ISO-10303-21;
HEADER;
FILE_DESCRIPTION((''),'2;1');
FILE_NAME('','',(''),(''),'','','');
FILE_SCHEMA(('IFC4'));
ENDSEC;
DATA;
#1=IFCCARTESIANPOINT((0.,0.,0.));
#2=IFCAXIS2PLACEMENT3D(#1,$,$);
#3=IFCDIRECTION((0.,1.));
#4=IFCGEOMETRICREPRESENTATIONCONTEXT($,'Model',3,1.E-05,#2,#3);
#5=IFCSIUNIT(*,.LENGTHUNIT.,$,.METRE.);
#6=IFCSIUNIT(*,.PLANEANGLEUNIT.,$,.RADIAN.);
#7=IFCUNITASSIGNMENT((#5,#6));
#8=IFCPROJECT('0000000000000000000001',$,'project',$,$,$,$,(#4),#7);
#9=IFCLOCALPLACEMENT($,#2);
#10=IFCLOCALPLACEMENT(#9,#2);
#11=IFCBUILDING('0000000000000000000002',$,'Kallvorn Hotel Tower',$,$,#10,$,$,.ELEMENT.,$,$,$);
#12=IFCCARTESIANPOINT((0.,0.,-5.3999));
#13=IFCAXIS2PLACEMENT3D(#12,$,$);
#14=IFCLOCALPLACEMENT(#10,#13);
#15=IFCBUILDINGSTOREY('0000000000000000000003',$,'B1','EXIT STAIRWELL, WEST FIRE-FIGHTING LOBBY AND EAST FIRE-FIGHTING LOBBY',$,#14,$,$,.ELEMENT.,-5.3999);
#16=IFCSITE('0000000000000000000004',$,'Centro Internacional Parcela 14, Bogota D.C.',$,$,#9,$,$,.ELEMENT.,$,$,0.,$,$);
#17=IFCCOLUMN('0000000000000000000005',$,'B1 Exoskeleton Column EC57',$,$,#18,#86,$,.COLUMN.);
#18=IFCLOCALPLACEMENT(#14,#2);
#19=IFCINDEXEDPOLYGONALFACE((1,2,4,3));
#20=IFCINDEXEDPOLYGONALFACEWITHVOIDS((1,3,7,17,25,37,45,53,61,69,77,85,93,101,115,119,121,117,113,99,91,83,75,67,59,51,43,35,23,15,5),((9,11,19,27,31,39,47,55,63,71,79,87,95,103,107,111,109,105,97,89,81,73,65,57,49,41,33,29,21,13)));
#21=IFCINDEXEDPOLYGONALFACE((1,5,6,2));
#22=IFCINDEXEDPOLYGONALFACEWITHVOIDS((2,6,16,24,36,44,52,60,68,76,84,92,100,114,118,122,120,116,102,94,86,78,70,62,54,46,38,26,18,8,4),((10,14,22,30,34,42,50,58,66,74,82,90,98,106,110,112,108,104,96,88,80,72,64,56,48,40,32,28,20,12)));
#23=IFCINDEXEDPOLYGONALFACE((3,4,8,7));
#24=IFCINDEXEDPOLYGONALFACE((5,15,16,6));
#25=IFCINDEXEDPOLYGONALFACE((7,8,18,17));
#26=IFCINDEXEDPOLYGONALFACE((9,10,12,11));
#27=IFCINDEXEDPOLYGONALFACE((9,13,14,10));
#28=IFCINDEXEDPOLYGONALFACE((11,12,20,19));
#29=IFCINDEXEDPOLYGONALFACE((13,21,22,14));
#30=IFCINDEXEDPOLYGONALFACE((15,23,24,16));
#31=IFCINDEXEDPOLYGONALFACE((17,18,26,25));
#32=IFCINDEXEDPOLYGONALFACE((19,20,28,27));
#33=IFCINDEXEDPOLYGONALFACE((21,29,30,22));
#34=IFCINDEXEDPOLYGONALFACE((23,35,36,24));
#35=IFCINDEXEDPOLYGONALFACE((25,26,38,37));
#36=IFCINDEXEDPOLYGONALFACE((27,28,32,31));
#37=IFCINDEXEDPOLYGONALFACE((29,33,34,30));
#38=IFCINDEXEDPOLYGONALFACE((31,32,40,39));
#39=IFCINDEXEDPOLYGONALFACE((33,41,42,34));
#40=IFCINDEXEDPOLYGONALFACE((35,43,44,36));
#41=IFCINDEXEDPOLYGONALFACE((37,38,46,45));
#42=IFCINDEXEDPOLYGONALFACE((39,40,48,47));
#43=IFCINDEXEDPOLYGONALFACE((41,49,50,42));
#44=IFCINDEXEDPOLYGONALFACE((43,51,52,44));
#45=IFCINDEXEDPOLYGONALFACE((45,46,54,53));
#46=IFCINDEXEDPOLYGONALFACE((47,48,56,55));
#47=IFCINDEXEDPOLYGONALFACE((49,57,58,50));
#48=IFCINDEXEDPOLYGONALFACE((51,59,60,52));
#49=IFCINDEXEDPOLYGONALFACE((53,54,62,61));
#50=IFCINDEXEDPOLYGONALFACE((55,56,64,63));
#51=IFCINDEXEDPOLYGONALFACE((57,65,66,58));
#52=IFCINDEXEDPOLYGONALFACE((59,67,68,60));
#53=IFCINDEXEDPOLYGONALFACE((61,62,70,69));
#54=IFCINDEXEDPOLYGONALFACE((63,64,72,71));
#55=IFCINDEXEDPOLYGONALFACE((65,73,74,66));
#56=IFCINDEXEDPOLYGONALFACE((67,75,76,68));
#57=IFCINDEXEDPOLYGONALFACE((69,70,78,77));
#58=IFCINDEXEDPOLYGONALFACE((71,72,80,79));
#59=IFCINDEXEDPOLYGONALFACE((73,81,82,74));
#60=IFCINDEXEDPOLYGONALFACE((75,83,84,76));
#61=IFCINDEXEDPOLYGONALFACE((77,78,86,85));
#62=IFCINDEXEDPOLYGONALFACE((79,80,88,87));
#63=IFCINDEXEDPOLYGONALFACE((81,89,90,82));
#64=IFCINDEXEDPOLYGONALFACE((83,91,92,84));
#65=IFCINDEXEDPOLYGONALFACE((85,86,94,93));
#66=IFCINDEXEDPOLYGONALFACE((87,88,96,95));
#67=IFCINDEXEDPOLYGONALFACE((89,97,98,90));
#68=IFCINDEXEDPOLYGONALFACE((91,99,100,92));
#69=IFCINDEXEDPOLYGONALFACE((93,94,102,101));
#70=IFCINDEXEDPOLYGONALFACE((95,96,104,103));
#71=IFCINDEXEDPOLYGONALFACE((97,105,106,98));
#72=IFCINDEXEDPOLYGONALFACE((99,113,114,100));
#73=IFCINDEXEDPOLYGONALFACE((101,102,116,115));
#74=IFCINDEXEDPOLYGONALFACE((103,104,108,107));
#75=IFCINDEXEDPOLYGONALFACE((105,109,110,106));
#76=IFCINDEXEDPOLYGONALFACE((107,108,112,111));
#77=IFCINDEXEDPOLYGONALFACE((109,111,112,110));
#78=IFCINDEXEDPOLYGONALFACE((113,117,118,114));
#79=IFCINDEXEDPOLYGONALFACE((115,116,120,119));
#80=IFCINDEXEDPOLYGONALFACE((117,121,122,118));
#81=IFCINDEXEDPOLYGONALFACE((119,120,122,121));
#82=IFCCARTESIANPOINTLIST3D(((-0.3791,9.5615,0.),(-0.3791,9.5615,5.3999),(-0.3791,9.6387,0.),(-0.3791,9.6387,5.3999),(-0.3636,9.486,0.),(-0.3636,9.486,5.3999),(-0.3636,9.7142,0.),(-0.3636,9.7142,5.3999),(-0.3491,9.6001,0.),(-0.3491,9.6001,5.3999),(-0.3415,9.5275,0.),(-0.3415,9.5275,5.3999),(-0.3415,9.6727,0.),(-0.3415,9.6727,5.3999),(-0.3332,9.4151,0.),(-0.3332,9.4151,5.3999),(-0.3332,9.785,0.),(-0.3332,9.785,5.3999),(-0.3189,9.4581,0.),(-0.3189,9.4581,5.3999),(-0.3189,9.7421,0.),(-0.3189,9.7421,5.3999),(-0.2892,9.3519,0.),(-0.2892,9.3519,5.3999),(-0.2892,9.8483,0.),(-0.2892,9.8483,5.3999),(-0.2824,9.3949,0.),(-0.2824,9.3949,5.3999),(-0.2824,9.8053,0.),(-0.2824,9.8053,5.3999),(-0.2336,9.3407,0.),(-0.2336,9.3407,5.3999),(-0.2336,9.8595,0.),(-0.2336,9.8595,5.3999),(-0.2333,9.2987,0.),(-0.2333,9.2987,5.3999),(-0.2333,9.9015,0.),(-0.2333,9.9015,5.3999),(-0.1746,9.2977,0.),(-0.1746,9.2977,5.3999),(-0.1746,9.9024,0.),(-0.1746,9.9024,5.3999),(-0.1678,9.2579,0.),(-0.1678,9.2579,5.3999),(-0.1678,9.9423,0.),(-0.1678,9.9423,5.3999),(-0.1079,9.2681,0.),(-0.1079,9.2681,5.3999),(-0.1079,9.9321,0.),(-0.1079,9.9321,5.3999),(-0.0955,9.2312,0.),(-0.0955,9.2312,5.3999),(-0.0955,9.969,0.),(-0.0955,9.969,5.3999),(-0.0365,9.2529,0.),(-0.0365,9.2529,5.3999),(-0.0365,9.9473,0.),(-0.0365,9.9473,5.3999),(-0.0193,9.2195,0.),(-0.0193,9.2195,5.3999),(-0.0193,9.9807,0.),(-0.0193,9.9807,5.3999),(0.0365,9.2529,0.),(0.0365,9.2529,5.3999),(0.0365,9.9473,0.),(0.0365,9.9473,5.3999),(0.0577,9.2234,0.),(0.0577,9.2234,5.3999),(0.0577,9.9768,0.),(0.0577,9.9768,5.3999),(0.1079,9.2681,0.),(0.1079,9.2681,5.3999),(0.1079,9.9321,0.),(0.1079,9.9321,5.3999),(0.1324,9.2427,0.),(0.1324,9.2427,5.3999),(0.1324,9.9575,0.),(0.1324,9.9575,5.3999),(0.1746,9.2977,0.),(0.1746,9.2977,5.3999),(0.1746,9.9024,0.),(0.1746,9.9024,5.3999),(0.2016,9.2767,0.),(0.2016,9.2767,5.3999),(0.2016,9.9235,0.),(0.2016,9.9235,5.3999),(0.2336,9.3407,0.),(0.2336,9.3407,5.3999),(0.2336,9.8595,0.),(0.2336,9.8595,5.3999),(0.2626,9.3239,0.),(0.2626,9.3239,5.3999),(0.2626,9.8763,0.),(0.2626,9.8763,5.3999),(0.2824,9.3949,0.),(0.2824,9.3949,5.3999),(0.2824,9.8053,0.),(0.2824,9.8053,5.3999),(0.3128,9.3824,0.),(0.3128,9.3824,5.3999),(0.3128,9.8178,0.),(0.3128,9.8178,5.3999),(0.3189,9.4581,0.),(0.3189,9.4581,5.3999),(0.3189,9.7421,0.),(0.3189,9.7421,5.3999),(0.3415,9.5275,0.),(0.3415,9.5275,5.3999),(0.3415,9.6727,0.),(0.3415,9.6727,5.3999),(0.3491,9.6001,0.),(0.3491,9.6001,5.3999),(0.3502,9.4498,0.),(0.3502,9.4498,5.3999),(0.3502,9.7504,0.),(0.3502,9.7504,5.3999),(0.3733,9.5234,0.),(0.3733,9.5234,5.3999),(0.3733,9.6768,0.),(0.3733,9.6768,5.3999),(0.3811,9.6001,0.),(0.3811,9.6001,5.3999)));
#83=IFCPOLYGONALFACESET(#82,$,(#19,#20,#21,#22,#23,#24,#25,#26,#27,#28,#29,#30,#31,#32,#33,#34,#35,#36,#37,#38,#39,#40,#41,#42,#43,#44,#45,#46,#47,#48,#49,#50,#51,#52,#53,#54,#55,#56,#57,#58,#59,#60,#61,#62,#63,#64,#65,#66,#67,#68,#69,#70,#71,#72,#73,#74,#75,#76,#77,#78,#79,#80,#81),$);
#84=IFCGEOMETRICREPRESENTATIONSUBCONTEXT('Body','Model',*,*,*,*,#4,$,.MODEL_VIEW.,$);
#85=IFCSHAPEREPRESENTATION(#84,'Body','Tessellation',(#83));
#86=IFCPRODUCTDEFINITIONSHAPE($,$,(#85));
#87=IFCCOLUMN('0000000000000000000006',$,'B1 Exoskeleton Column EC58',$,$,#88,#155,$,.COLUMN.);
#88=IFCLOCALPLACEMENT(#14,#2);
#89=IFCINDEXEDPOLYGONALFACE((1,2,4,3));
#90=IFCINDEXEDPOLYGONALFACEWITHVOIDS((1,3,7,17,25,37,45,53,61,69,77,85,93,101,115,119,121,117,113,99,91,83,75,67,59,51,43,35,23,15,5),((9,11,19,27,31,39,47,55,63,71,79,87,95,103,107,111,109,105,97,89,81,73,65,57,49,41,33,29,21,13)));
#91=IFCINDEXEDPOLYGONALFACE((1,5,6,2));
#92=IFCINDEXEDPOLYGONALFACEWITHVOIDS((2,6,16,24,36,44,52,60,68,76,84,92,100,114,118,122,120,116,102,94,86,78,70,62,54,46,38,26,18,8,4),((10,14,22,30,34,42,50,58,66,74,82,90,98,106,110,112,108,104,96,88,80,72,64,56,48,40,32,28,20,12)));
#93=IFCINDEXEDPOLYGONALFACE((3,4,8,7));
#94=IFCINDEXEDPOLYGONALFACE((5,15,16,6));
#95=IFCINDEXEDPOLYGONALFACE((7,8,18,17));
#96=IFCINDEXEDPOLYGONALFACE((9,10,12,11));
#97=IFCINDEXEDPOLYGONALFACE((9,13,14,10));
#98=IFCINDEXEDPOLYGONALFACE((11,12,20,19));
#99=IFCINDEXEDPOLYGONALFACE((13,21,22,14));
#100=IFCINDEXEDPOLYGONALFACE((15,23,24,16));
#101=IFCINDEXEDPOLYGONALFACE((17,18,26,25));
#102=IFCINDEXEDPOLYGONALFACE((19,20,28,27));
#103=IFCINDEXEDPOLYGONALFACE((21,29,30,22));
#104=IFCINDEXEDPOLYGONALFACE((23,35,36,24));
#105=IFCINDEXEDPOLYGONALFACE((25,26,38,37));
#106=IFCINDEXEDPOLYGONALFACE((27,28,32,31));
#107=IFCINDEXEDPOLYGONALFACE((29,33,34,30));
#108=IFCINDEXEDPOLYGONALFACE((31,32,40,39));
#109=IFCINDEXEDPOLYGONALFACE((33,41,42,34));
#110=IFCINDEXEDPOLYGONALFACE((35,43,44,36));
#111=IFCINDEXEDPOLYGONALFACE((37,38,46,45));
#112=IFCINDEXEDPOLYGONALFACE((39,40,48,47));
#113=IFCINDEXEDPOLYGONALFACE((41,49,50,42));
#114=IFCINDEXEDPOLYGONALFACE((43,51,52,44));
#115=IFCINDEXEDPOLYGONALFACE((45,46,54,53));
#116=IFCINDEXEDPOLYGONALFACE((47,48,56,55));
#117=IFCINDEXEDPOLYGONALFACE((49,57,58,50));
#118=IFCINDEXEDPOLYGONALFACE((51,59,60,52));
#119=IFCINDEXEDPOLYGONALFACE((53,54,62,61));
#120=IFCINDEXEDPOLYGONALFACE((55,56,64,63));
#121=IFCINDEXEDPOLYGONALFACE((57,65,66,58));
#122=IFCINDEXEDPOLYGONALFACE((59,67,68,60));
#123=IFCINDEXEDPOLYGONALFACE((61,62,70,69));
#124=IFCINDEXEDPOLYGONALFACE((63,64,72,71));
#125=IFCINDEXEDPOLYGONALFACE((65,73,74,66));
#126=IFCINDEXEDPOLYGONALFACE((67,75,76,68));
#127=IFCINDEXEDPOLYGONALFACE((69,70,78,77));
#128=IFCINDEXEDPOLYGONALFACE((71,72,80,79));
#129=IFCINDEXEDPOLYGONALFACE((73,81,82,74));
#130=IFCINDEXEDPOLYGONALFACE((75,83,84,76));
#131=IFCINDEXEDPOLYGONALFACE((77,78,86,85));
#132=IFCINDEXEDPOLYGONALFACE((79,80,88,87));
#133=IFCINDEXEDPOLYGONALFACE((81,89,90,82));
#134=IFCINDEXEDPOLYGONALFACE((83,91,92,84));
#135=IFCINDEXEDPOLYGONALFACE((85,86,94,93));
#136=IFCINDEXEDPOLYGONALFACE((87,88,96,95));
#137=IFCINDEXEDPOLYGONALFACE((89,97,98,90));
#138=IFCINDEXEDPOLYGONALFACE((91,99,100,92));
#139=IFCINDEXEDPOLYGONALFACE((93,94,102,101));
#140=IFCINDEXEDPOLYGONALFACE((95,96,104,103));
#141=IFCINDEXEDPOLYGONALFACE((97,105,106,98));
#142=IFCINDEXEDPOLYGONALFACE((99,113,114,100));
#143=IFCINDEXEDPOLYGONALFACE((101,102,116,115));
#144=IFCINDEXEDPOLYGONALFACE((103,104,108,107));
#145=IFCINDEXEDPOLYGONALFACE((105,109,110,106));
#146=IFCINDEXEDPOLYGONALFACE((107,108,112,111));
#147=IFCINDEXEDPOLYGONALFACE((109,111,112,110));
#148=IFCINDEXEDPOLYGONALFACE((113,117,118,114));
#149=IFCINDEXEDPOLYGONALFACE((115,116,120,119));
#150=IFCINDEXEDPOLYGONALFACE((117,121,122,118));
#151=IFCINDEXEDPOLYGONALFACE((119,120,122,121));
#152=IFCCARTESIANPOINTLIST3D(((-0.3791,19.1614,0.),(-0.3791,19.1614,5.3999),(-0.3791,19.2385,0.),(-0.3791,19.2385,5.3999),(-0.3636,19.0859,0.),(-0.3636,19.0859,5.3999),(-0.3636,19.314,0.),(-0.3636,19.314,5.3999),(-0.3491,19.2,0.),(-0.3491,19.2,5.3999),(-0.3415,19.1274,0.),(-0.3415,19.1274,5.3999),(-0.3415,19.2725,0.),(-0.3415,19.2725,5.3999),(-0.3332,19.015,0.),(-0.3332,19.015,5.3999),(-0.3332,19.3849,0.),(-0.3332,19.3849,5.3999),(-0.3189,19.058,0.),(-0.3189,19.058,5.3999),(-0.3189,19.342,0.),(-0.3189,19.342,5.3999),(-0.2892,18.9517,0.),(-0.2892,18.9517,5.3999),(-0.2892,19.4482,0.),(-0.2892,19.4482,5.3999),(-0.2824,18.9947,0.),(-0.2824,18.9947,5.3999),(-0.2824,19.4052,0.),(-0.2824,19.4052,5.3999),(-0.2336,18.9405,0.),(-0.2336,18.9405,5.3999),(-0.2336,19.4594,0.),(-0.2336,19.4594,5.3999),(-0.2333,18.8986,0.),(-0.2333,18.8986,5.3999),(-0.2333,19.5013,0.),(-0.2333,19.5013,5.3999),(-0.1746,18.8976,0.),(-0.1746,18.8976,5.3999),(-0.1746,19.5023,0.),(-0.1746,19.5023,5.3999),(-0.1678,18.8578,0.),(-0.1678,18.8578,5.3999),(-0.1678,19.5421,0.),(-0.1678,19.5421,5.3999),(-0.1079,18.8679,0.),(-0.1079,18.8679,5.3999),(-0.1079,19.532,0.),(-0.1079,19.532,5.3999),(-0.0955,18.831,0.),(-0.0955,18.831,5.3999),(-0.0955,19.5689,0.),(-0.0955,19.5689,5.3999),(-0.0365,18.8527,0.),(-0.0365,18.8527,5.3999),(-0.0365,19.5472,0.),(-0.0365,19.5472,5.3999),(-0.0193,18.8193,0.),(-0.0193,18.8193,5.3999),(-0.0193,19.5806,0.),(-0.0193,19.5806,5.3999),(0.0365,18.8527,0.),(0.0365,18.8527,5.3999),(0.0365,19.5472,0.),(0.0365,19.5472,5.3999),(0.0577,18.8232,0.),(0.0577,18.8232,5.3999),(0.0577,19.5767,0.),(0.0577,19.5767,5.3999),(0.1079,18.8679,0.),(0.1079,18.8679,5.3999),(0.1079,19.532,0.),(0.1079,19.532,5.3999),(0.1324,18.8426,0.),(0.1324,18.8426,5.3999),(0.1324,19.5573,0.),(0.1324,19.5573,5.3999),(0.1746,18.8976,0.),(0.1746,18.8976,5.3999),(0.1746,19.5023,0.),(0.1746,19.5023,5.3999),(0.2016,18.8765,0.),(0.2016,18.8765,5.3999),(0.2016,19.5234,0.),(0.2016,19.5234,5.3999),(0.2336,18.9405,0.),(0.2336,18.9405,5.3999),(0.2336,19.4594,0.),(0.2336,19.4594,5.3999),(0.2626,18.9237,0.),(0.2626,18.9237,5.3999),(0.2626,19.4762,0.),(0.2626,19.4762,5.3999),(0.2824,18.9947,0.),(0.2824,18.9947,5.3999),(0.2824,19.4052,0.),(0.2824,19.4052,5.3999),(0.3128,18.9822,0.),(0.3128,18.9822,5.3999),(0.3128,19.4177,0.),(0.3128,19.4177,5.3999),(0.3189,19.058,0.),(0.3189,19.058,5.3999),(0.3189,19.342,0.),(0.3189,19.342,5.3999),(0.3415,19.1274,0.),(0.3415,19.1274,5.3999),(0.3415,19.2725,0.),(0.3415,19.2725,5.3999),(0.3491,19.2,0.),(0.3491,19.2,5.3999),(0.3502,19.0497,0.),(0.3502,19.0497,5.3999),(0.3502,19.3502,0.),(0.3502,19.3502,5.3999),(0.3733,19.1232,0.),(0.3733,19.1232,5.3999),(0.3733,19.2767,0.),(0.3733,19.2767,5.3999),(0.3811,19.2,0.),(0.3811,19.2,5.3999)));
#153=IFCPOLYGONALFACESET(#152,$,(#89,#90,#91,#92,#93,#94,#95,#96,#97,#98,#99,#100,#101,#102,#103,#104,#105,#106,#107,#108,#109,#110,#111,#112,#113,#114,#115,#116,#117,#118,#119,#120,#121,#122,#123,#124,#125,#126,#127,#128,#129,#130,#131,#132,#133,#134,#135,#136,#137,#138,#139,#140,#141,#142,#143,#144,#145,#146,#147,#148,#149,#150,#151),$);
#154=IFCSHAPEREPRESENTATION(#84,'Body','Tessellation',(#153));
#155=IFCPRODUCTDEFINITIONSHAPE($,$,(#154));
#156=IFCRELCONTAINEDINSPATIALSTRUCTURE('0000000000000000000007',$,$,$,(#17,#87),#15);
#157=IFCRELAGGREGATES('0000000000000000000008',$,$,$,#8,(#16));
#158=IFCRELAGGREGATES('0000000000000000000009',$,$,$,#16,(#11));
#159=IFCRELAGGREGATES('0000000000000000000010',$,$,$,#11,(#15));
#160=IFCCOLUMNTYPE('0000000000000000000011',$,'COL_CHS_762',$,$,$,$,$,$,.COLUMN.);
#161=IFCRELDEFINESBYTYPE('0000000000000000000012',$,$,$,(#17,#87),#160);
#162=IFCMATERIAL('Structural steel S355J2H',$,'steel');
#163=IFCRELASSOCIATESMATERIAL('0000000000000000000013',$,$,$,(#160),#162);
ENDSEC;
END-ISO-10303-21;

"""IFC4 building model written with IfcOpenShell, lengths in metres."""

from ifc_helpers import new_model, si_unit, direction, frame, origin, origin_2d, place, context, subcontext, project, spatial, hollow_circle, extrude, material, material_profile, profile_set, type_object, element, save


model = new_model("IFC4")

# Units and contexts
model_context = context("Model", 3, precision=1e-05, world=origin(), true_north=direction((0.0, 1.0)))
body_context = subcontext(model_context, "Body", "Model", "MODEL_VIEW")
ifc_project = project(units=[si_unit("LENGTHUNIT", "METRE"), si_unit("PLANEANGLEUNIT", "RADIAN")], contexts=[model_context])

# Site, building, storey
site_placement = place(None, origin())
site = spatial("IfcSite", under=ifc_project, at=site_placement, Name="Centro Internacional Parcela 14, Bogota D.C.", CompositionType="ELEMENT", RefElevation=0.0)
building_placement = place(site_placement, origin())
building = spatial("IfcBuilding", under=site, at=building_placement, Name="Kallvorn Hotel Tower", CompositionType="ELEMENT")
storey_placement = place(building_placement, frame((0.0, 0.0, -5.3999)))
storey = spatial("IfcBuildingStorey", under=building, at=storey_placement, Name="B1", Description="EXIT STAIRWELL, WEST FIRE-FIGHTING LOBBY AND EAST FIRE-FIGHTING LOBBY", CompositionType="ELEMENT", Elevation=-5.3999)

# Columns
ifc_material_1 = material(Name="Structural steel S355J2H", Category="steel")
ifc_material_profile_1 = material_profile(ifc_material_1, hollow_circle(Radius=0.3811, WallThickness=0.032, at=origin_2d()), Name="CHS 762x32")
ifc_profile_set_1 = profile_set([ifc_material_profile_1], Name="Structural steel S355J2H")
column_type_1 = type_object("IfcColumnType", Name="COL_CHS_762", PredefinedType="COLUMN", material=ifc_profile_set_1)
for number, where, z_axis, x_axis, name in (
    (1, (0.0, 9.6001, 0.0), (0.0, 0.0, 1.0), (1.0, 0.0, 0.0), "B1 Exoskeleton Column EC57"),
    (2, (0.0, 19.2, 0.0), (0.0, 0.0, 1.0), (1.0, 0.0, 0.0), "B1 Exoskeleton Column EC58"),
):
    element("IfcColumn", number, at=place(storey_placement, frame(where, z_axis=z_axis, x_axis=x_axis)), inside=storey, type_object=column_type_1, Name=name, PredefinedType="COLUMN", context=body_context, shape_type="SweptSolid", body=[
        extrude(hollow_circle(Radius=0.3811, WallThickness=0.032, at=origin_2d()), origin(), (0.0, 0.0, 1.0), 5.3999),
    ])

save(model, "model.ifc")
